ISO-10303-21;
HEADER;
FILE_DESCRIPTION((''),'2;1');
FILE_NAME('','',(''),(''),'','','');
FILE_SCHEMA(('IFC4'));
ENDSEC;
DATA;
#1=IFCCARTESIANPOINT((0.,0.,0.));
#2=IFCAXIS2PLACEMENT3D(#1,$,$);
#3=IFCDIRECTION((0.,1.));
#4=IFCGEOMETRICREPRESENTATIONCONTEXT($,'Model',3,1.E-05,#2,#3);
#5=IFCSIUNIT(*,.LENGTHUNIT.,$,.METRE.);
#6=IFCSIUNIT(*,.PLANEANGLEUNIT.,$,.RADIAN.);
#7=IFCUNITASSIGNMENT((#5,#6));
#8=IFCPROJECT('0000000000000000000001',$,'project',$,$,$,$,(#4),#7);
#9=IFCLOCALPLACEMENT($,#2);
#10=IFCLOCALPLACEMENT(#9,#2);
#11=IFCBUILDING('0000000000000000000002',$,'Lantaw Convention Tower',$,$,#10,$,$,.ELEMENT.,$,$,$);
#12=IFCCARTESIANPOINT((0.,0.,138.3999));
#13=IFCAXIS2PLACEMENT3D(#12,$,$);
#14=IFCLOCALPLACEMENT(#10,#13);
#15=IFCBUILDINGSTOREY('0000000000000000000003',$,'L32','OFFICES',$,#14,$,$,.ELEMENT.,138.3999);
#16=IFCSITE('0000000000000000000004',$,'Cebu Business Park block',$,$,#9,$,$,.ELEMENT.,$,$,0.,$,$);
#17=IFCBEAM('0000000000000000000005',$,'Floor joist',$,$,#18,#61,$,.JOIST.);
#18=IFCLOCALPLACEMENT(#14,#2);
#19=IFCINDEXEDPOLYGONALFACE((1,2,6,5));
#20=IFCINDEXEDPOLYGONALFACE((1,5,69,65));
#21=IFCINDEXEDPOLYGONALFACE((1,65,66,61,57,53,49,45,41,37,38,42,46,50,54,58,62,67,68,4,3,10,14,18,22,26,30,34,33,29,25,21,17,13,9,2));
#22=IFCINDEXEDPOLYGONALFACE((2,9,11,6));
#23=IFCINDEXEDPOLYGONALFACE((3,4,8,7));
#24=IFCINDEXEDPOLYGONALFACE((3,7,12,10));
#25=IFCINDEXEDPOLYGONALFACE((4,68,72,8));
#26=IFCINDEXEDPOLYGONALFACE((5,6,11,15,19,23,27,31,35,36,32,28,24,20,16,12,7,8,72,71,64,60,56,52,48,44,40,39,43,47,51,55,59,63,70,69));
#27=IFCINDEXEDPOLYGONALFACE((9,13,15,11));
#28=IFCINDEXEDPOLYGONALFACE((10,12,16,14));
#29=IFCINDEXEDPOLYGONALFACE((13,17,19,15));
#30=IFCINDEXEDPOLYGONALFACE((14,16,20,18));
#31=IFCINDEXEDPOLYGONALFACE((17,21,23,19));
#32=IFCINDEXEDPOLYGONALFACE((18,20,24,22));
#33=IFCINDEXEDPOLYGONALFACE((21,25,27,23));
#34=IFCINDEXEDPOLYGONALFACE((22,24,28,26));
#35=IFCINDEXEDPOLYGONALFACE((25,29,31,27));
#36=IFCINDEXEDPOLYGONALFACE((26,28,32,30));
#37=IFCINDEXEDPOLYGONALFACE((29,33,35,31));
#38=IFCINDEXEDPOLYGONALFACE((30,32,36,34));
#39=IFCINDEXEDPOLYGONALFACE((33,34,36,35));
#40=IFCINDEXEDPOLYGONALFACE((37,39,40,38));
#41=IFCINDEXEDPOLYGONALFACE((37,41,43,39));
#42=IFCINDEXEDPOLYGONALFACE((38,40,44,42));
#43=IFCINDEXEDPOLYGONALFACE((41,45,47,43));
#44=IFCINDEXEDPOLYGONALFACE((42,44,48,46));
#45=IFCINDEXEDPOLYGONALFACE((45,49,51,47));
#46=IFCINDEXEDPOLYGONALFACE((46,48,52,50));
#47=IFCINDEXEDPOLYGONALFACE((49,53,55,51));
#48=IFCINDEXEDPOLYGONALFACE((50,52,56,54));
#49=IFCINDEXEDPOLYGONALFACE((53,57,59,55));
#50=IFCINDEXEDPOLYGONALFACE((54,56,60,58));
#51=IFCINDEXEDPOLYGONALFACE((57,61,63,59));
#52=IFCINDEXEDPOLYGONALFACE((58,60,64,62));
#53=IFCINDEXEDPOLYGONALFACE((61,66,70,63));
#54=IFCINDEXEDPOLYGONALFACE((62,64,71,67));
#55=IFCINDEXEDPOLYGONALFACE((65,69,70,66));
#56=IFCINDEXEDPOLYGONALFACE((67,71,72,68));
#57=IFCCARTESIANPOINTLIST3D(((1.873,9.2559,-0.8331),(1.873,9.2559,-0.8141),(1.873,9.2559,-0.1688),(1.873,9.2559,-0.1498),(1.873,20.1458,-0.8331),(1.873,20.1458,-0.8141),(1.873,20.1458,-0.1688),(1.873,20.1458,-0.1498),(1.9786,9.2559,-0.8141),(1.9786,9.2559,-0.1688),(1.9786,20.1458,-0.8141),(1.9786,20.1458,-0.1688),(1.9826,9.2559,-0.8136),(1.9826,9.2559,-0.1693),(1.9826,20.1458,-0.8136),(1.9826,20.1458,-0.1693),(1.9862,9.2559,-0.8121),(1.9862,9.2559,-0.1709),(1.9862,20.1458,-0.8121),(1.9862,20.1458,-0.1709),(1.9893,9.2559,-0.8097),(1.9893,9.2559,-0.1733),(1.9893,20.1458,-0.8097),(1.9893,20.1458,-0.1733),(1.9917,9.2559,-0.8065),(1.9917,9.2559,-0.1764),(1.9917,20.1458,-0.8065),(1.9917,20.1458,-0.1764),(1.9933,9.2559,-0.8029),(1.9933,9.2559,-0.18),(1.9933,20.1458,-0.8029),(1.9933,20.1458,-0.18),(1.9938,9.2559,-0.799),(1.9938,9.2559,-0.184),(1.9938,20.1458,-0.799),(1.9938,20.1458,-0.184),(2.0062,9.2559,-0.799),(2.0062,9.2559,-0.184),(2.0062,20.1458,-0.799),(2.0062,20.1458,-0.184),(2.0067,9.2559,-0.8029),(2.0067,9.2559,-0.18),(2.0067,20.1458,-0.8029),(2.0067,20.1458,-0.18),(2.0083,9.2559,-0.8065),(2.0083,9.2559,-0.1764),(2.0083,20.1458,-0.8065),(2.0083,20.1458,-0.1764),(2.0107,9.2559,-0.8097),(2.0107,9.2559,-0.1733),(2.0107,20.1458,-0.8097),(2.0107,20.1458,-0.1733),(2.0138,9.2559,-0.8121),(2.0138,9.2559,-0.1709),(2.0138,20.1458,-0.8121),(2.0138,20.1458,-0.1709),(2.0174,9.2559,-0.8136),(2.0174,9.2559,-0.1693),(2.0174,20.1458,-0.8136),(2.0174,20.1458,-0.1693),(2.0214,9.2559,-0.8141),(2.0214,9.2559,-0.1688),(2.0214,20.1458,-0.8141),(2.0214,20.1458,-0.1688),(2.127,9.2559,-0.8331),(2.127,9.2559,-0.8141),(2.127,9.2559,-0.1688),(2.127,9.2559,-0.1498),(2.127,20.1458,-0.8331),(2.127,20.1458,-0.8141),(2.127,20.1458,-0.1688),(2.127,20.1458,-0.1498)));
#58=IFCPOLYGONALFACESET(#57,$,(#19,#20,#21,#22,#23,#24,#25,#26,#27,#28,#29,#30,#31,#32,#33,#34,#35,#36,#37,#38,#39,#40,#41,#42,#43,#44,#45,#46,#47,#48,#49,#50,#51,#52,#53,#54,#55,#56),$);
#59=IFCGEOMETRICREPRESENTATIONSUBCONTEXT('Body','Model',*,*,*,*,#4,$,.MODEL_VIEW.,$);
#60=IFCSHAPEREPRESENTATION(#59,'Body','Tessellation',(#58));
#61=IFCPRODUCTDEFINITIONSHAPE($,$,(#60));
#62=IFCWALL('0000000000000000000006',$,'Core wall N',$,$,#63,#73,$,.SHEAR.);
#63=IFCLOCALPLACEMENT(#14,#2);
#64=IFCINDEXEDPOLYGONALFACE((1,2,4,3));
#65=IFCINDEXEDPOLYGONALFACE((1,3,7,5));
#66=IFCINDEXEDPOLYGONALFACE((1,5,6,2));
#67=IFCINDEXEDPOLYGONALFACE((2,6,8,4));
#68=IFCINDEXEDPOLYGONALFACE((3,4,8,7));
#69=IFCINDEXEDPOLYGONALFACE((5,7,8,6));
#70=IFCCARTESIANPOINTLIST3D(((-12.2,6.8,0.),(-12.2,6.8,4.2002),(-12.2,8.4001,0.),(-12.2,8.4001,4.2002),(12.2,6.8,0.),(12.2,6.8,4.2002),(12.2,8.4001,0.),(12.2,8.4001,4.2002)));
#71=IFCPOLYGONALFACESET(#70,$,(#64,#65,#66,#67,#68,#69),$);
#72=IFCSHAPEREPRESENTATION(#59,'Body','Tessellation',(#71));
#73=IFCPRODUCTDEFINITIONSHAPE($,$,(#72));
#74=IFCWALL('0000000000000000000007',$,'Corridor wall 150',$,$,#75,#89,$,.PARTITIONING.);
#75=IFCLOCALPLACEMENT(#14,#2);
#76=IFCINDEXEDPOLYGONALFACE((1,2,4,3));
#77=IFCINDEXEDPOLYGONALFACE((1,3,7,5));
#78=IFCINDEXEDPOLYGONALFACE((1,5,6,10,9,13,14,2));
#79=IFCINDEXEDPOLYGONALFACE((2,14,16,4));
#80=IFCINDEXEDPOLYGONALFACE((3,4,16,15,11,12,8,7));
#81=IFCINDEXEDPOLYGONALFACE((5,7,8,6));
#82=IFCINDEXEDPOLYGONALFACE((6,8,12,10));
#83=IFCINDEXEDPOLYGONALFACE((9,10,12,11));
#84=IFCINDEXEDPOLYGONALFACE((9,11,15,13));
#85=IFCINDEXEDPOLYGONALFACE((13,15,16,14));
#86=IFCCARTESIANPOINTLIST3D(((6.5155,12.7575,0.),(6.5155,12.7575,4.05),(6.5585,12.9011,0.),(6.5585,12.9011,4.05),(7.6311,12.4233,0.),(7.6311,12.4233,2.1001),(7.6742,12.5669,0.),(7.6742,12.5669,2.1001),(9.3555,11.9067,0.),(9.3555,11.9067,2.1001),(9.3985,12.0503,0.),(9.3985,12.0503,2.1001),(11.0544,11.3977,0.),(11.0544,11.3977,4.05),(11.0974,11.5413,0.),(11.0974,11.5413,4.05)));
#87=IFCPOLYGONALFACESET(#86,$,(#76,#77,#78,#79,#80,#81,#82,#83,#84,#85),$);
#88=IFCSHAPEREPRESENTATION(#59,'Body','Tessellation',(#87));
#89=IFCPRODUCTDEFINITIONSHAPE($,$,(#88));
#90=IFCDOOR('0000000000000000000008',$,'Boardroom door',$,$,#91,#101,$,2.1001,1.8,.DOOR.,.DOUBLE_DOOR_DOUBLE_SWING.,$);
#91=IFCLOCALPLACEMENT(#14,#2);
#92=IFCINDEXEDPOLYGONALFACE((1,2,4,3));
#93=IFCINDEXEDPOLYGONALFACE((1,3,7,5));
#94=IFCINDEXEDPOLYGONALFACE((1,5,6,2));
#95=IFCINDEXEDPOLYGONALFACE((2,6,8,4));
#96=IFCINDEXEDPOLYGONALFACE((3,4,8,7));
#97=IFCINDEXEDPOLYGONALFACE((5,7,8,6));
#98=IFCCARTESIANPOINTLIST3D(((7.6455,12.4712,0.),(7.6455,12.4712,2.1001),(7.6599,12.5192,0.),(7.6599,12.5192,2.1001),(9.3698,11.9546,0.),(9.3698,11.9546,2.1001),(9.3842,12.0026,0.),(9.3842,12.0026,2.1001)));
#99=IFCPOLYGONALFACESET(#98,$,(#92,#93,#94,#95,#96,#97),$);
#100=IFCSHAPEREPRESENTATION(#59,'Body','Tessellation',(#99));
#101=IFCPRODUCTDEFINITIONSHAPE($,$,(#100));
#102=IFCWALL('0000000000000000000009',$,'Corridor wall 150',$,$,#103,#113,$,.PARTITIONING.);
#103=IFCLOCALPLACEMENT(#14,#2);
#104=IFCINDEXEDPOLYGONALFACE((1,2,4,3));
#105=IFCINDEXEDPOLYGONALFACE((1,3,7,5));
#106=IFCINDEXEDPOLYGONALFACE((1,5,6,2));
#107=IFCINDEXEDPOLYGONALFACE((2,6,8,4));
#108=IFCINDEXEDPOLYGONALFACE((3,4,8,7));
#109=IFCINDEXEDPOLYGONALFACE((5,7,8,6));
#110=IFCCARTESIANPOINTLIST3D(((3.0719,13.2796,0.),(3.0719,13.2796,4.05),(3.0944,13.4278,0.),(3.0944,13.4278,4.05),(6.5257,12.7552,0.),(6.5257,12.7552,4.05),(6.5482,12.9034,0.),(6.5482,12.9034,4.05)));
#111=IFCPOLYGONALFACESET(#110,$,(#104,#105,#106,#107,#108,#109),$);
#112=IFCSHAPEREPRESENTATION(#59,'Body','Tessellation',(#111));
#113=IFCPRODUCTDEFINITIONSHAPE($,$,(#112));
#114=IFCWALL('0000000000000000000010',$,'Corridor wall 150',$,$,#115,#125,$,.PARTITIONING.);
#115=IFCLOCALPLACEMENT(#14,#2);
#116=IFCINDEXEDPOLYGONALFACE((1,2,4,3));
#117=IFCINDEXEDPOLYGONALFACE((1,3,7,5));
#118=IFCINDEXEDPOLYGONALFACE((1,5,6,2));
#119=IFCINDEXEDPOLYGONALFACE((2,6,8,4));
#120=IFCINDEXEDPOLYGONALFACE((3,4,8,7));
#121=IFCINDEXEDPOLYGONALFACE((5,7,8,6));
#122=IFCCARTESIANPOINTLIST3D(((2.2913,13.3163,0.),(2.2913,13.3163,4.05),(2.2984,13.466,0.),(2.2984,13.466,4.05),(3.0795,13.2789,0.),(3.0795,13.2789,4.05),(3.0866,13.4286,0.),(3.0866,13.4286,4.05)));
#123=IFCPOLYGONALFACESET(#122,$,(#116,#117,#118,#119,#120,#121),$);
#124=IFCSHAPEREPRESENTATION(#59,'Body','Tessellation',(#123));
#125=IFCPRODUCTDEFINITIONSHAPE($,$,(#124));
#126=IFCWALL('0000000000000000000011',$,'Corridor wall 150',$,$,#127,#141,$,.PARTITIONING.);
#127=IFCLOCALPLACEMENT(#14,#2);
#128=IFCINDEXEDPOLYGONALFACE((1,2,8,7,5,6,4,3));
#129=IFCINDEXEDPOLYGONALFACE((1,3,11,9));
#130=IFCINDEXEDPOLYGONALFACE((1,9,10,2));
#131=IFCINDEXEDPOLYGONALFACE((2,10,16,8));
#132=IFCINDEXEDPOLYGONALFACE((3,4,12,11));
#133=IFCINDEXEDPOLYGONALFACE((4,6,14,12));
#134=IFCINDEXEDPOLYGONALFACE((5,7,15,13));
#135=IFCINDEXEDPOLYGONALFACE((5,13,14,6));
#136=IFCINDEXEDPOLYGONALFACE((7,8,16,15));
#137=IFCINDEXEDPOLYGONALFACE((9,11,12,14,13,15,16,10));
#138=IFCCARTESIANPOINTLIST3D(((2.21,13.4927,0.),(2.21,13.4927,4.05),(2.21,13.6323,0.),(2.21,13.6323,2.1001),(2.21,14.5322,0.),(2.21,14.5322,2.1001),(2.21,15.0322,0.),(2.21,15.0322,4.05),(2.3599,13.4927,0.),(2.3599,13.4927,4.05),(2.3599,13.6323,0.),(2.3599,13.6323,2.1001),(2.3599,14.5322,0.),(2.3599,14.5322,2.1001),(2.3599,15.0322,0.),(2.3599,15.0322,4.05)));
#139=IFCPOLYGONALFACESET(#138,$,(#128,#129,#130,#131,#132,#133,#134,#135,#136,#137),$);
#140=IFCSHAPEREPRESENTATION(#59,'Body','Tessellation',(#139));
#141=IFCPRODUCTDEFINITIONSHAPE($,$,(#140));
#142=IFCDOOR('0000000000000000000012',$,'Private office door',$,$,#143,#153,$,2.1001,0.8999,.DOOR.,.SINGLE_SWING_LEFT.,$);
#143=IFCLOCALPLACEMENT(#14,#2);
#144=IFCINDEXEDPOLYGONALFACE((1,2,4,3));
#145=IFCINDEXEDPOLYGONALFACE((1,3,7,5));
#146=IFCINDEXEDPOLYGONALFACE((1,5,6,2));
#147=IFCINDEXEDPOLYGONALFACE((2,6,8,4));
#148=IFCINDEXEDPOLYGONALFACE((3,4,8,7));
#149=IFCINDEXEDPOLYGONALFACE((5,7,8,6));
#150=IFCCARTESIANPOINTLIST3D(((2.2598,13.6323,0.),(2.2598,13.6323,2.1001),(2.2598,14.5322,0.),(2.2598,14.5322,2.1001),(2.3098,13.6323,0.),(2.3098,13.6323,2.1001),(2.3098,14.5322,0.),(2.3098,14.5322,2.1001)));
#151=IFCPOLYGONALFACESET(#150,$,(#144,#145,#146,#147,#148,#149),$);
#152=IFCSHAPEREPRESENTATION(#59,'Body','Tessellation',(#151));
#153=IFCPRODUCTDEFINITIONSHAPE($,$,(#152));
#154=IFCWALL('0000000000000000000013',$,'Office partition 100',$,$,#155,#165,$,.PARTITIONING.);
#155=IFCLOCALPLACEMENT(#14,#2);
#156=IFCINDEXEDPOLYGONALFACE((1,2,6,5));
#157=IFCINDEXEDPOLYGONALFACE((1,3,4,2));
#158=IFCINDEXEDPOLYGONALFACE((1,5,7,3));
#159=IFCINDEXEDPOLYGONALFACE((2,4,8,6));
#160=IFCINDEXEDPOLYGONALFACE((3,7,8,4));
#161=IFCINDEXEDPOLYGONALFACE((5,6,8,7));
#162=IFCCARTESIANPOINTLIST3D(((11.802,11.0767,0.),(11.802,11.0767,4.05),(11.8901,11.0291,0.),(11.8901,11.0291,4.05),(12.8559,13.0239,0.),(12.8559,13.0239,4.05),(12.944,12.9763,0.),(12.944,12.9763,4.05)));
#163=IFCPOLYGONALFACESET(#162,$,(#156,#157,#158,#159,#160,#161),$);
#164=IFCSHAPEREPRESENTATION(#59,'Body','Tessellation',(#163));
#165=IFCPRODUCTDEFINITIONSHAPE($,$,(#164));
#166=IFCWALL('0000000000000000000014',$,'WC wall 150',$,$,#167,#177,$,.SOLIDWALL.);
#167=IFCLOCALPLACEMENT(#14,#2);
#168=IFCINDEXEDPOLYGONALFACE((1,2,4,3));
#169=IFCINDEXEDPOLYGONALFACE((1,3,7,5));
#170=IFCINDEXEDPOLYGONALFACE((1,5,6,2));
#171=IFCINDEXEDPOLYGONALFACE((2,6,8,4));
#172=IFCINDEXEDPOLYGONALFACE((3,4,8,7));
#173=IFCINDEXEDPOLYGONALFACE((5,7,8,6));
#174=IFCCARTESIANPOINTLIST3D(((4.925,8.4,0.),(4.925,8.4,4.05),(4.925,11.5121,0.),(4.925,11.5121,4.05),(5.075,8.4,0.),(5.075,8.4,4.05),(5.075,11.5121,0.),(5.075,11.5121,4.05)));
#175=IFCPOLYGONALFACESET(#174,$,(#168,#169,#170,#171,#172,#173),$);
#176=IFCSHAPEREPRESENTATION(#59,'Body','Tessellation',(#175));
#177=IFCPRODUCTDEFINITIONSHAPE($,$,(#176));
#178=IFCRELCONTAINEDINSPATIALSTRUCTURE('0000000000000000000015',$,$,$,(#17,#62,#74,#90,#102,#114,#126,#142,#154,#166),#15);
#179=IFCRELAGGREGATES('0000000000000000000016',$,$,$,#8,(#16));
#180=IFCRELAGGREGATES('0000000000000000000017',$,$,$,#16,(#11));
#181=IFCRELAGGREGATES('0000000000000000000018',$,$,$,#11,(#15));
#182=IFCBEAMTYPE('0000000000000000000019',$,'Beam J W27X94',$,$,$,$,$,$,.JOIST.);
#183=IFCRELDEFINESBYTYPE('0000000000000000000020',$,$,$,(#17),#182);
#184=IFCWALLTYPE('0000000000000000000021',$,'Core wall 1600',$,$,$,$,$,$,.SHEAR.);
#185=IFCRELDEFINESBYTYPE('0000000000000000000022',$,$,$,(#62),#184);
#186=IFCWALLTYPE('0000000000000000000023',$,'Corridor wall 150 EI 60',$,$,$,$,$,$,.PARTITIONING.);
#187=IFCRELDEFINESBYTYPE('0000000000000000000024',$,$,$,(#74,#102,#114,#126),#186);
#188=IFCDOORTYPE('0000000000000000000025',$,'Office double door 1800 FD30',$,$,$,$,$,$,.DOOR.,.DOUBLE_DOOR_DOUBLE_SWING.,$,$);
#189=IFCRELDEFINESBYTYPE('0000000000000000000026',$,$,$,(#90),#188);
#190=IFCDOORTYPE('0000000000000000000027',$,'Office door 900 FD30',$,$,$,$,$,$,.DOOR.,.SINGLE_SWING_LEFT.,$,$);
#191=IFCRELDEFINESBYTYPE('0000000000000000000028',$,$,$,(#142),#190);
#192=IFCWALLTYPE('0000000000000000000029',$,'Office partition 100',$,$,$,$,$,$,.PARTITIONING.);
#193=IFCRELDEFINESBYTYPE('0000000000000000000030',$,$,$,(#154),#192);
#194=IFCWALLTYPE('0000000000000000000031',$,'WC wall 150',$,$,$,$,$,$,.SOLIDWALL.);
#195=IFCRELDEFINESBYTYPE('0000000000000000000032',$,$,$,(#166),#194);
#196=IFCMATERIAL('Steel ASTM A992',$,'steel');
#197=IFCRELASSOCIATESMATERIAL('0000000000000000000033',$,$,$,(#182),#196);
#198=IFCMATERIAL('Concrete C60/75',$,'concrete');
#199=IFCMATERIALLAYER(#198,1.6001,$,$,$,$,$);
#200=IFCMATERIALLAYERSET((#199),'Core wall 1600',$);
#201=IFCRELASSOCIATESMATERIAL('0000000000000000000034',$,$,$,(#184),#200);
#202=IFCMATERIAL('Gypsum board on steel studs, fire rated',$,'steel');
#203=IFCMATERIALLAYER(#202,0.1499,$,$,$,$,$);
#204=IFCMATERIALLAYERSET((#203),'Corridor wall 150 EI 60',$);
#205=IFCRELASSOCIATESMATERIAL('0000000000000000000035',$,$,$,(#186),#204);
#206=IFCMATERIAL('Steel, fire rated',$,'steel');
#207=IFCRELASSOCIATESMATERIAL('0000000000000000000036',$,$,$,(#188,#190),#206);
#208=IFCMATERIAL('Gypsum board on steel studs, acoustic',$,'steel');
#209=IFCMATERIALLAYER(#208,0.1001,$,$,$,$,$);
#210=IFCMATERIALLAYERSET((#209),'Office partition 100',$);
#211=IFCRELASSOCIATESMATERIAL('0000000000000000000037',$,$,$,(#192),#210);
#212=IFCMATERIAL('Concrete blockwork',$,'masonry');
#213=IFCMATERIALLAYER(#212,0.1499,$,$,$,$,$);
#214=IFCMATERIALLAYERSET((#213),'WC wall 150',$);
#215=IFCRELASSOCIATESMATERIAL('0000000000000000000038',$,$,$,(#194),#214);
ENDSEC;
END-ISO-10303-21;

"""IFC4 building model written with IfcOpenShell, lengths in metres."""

from ifc_helpers import new_model, si_unit, direction, frame, frame_2d, origin, origin_2d, place, context, subcontext, project, spatial, rectangle, i_section, extrude, material, layer, layer_set, material_profile, profile_set, type_object, element, fill, save


model = new_model("IFC4")

# Units and contexts
model_context = context("Model", 3, precision=1e-05, world=origin(), true_north=direction((0.0, 1.0)))
body_context = subcontext(model_context, "Body", "Model", "MODEL_VIEW")
ifc_project = project(units=[si_unit("LENGTHUNIT", "METRE"), si_unit("PLANEANGLEUNIT", "RADIAN")], contexts=[model_context])

# Site, building, storey
site_placement = place(None, origin())
site = spatial("IfcSite", under=ifc_project, at=site_placement, Name="Cebu Business Park block", CompositionType="ELEMENT", RefElevation=0.0)
building_placement = place(site_placement, origin())
building = spatial("IfcBuilding", under=site, at=building_placement, Name="Lantaw Convention Tower", CompositionType="ELEMENT")
storey_placement = place(building_placement, frame((0.0, 0.0, 138.3999)))
storey = spatial("IfcBuildingStorey", under=building, at=storey_placement, Name="L32", Description="OFFICES", CompositionType="ELEMENT", Elevation=138.3999)

# Beam
ifc_material_1 = material(Name="Steel ASTM A992", Category="steel")
ifc_material_profile_1 = material_profile(ifc_material_1, i_section(OverallWidth=0.2539, OverallDepth=0.6833, WebThickness=0.0125, FlangeThickness=0.019, FilletRadius=0.0151, at=origin_2d()), Name="W27X94")
ifc_profile_set_1 = profile_set([ifc_material_profile_1], Name="Steel ASTM A992")
beam_type_1 = type_object("IfcBeamType", Name="Beam J W27X94", PredefinedType="JOIST", material=ifc_profile_set_1)
beam_1_placement = place(storey_placement, frame((2.0, 9.2559, -0.4915), z_axis=(0.0, 1.0, 0.0), x_axis=(-1.0, 0.0, 0.0)))
element("IfcBeam", 1, at=beam_1_placement, inside=storey, type_object=beam_type_1, Name="Floor joist", PredefinedType="JOIST", context=body_context, shape_type="SweptSolid", body=[
    extrude(i_section(OverallWidth=0.2539, OverallDepth=0.6833, WebThickness=0.0125, FlangeThickness=0.019, FilletRadius=0.0151, at=origin_2d()), origin(), (0.0, 0.0, 1.0), 10.8899),
])

# Wall
ifc_material_2 = material(Name="Concrete C60/75", Category="concrete")
ifc_layer_1 = layer(ifc_material_2, 1.6001)
ifc_layer_set_1 = layer_set([ifc_layer_1], Name="Core wall 1600")
wall_type_1 = type_object("IfcWallType", Name="Core wall 1600", PredefinedType="SHEAR", material=ifc_layer_set_1)
wall_1_placement = place(storey_placement, frame((12.2, 7.6001, 0.0), z_axis=(0.0, 0.0, 1.0), x_axis=(-1.0, 0.0, 0.0)))
element("IfcWall", 2, at=wall_1_placement, inside=storey, type_object=wall_type_1, Name="Core wall N", PredefinedType="SHEAR", context=body_context, shape_type="SweptSolid", body=[
    extrude(rectangle(XDim=24.3999, YDim=1.6001, at=frame_2d((12.2, 0.0))), origin(), (0.0, 0.0, 1.0), 4.2002),
])

# Wall, opening, door
ifc_material_3 = material(Name="Gypsum board on steel studs, fire rated", Category="steel")
ifc_layer_2 = layer(ifc_material_3, 0.1499)
ifc_layer_set_2 = layer_set([ifc_layer_2], Name="Corridor wall 150 EI 60")
wall_type_2 = type_object("IfcWallType", Name="Corridor wall 150 EI 60", PredefinedType="PARTITIONING", material=ifc_layer_set_2)
wall_2_placement = place(storey_placement, frame((11.0759, 11.4695, 0.0), z_axis=(0.0, 0.0, 1.0), x_axis=(-0.957934, 0.286989, 0.0)))
wall_2 = element("IfcWall", 3, at=wall_2_placement, inside=storey, type_object=wall_type_2, Name="Corridor wall 150", PredefinedType="PARTITIONING", context=body_context, shape_type="SweptSolid", body=[
    extrude(rectangle(XDim=4.7383, YDim=0.1499, at=frame_2d((2.3691, 0.0))), origin(), (0.0, 0.0, 1.0), 4.05),
])
opening_1_placement = place(wall_2_placement, frame((1.7737, 0.0, 0.0)))
opening_1 = element("IfcOpeningElement", 4, at=opening_1_placement, cuts=wall_2, PredefinedType="OPENING", context=body_context, shape_type="SweptSolid", body=[
    extrude(rectangle(XDim=1.8, YDim=2.1001, at=frame_2d((0.8999, 1.05))), frame((0.0, 0.085, 0.0), z_axis=(0.0, -1.0, 0.0), x_axis=(1.0, 0.0, 0.0)), (0.0, 0.0, 1.0), 0.1699),
])
ifc_material_4 = material(Name="Steel, fire rated", Category="steel")
door_type_1 = type_object("IfcDoorType", Name="Office double door 1800 FD30", OperationType="DOUBLE_DOOR_DOUBLE_SWING", PredefinedType="DOOR", material=ifc_material_4)
door_1_placement = place(opening_1_placement, origin())
door_1 = element("IfcDoor", 5, at=door_1_placement, inside=storey, type_object=door_type_1, Name="Boardroom door", OperationType="DOUBLE_DOOR_DOUBLE_SWING", OverallHeight=2.1001, OverallWidth=1.8, PredefinedType="DOOR", context=body_context, shape_type="SweptSolid", body=[
    extrude(rectangle(XDim=1.8, YDim=2.1001, at=frame_2d((0.8999, 1.05))), frame((0.0, 0.0249, 0.0), z_axis=(0.0, -1.0, 0.0), x_axis=(1.0, 0.0, 0.0)), (0.0, 0.0, 1.0), 0.05),
])
fill(opening_1, door_1)

# Walls
wall_3_placement = place(storey_placement, frame((6.5369, 12.8293, 0.0), z_axis=(0.0, 0.0, 1.0), x_axis=(-0.988669, 0.150114, 0.0)))
element("IfcWall", 6, at=wall_3_placement, inside=storey, type_object=wall_type_2, Name="Corridor wall 150", PredefinedType="PARTITIONING", context=body_context, shape_type="SweptSolid", body=[
    extrude(rectangle(XDim=3.4934, YDim=0.1499, at=frame_2d((1.7466, 0.0))), origin(), (0.0, 0.0, 1.0), 4.05),
])
wall_4_placement = place(storey_placement, frame((3.083, 13.3538, 0.0), z_axis=(0.0, 0.0, 1.0), x_axis=(-0.998879, 0.047345, 0.0)))
element("IfcWall", 7, at=wall_4_placement, inside=storey, type_object=wall_type_2, Name="Corridor wall 150", PredefinedType="PARTITIONING", context=body_context, shape_type="SweptSolid", body=[
    extrude(rectangle(XDim=0.7891, YDim=0.1499, at=frame_2d((0.3945, 0.0))), origin(), (0.0, 0.0, 1.0), 4.05),
])

# Wall, opening, door
wall_5_placement = place(storey_placement, frame((2.2849, 15.0322, 0.0), z_axis=(0.0, 0.0, 1.0), x_axis=(0.0, -1.0, 0.0)))
wall_5 = element("IfcWall", 8, at=wall_5_placement, inside=storey, type_object=wall_type_2, Name="Corridor wall 150", PredefinedType="PARTITIONING", context=body_context, shape_type="SweptSolid", body=[
    extrude(rectangle(XDim=1.5396, YDim=0.1499, at=frame_2d((0.7698, 0.0))), origin(), (0.0, 0.0, 1.0), 4.05),
])
opening_2_placement = place(wall_5_placement, frame((0.5, 0.0, 0.0)))
opening_2 = element("IfcOpeningElement", 9, at=opening_2_placement, cuts=wall_5, PredefinedType="OPENING", context=body_context, shape_type="SweptSolid", body=[
    extrude(rectangle(XDim=0.8999, YDim=2.1001, at=frame_2d((0.45, 1.05))), frame((0.0, 0.085, 0.0), z_axis=(0.0, -1.0, 0.0), x_axis=(1.0, 0.0, 0.0)), (0.0, 0.0, 1.0), 0.1699),
])
door_type_2 = type_object("IfcDoorType", Name="Office door 900 FD30", OperationType="SINGLE_SWING_LEFT", PredefinedType="DOOR", material=ifc_material_4)
door_2_placement = place(opening_2_placement, origin())
door_2 = element("IfcDoor", 10, at=door_2_placement, inside=storey, type_object=door_type_2, Name="Private office door", OperationType="SINGLE_SWING_LEFT", OverallHeight=2.1001, OverallWidth=0.8999, PredefinedType="DOOR", context=body_context, shape_type="SweptSolid", body=[
    extrude(rectangle(XDim=0.8999, YDim=2.1001, at=frame_2d((0.45, 1.05))), frame((0.0, 0.0249, 0.0), z_axis=(0.0, -1.0, 0.0), x_axis=(1.0, 0.0, 0.0)), (0.0, 0.0, 1.0), 0.05),
])
fill(opening_2, door_2)

# Walls
ifc_material_5 = material(Name="Gypsum board on steel studs, acoustic", Category="steel")
ifc_layer_3 = layer(ifc_material_5, 0.1001)
ifc_layer_set_3 = layer_set([ifc_layer_3], Name="Office partition 100")
wall_type_3 = type_object("IfcWallType", Name="Office partition 100", PredefinedType="PARTITIONING", material=ifc_layer_set_3)
wall_6_placement = place(storey_placement, frame((12.8999, 13.0, 0.0), z_axis=(0.0, 0.0, 1.0), x_axis=(-0.475999, -0.879446, 0.0)))
element("IfcWall", 11, at=wall_6_placement, inside=storey, type_object=wall_type_3, Name="Office partition 100", PredefinedType="PARTITIONING", context=body_context, shape_type="SweptSolid", body=[
    extrude(rectangle(XDim=2.2141, YDim=0.1001, at=frame_2d((1.1069, 0.0))), origin(), (0.0, 0.0, 1.0), 4.05),
])
ifc_material_6 = material(Name="Concrete blockwork", Category="masonry")
ifc_layer_4 = layer(ifc_material_6, 0.1499)
ifc_layer_set_4 = layer_set([ifc_layer_4], Name="WC wall 150")
wall_type_4 = type_object("IfcWallType", Name="WC wall 150", PredefinedType="SOLIDWALL", material=ifc_layer_set_4)
for number, where, z_axis, x_axis, name in (
    (12, (5.0, 8.3999, 0.0), (0.0, 0.0, 1.0), (0.0, 1.0, 0.0), "WC wall 150"),
):
    element("IfcWall", number, at=place(storey_placement, frame(where, z_axis=z_axis, x_axis=x_axis)), inside=storey, type_object=wall_type_4, Name=name, PredefinedType="SOLIDWALL", context=body_context, shape_type="SweptSolid", body=[
        extrude(rectangle(XDim=3.1121, YDim=0.1499, at=frame_2d((1.5562, 0.0))), origin(), (0.0, 0.0, 1.0), 4.05),
    ])

save(model, "model.ifc")
